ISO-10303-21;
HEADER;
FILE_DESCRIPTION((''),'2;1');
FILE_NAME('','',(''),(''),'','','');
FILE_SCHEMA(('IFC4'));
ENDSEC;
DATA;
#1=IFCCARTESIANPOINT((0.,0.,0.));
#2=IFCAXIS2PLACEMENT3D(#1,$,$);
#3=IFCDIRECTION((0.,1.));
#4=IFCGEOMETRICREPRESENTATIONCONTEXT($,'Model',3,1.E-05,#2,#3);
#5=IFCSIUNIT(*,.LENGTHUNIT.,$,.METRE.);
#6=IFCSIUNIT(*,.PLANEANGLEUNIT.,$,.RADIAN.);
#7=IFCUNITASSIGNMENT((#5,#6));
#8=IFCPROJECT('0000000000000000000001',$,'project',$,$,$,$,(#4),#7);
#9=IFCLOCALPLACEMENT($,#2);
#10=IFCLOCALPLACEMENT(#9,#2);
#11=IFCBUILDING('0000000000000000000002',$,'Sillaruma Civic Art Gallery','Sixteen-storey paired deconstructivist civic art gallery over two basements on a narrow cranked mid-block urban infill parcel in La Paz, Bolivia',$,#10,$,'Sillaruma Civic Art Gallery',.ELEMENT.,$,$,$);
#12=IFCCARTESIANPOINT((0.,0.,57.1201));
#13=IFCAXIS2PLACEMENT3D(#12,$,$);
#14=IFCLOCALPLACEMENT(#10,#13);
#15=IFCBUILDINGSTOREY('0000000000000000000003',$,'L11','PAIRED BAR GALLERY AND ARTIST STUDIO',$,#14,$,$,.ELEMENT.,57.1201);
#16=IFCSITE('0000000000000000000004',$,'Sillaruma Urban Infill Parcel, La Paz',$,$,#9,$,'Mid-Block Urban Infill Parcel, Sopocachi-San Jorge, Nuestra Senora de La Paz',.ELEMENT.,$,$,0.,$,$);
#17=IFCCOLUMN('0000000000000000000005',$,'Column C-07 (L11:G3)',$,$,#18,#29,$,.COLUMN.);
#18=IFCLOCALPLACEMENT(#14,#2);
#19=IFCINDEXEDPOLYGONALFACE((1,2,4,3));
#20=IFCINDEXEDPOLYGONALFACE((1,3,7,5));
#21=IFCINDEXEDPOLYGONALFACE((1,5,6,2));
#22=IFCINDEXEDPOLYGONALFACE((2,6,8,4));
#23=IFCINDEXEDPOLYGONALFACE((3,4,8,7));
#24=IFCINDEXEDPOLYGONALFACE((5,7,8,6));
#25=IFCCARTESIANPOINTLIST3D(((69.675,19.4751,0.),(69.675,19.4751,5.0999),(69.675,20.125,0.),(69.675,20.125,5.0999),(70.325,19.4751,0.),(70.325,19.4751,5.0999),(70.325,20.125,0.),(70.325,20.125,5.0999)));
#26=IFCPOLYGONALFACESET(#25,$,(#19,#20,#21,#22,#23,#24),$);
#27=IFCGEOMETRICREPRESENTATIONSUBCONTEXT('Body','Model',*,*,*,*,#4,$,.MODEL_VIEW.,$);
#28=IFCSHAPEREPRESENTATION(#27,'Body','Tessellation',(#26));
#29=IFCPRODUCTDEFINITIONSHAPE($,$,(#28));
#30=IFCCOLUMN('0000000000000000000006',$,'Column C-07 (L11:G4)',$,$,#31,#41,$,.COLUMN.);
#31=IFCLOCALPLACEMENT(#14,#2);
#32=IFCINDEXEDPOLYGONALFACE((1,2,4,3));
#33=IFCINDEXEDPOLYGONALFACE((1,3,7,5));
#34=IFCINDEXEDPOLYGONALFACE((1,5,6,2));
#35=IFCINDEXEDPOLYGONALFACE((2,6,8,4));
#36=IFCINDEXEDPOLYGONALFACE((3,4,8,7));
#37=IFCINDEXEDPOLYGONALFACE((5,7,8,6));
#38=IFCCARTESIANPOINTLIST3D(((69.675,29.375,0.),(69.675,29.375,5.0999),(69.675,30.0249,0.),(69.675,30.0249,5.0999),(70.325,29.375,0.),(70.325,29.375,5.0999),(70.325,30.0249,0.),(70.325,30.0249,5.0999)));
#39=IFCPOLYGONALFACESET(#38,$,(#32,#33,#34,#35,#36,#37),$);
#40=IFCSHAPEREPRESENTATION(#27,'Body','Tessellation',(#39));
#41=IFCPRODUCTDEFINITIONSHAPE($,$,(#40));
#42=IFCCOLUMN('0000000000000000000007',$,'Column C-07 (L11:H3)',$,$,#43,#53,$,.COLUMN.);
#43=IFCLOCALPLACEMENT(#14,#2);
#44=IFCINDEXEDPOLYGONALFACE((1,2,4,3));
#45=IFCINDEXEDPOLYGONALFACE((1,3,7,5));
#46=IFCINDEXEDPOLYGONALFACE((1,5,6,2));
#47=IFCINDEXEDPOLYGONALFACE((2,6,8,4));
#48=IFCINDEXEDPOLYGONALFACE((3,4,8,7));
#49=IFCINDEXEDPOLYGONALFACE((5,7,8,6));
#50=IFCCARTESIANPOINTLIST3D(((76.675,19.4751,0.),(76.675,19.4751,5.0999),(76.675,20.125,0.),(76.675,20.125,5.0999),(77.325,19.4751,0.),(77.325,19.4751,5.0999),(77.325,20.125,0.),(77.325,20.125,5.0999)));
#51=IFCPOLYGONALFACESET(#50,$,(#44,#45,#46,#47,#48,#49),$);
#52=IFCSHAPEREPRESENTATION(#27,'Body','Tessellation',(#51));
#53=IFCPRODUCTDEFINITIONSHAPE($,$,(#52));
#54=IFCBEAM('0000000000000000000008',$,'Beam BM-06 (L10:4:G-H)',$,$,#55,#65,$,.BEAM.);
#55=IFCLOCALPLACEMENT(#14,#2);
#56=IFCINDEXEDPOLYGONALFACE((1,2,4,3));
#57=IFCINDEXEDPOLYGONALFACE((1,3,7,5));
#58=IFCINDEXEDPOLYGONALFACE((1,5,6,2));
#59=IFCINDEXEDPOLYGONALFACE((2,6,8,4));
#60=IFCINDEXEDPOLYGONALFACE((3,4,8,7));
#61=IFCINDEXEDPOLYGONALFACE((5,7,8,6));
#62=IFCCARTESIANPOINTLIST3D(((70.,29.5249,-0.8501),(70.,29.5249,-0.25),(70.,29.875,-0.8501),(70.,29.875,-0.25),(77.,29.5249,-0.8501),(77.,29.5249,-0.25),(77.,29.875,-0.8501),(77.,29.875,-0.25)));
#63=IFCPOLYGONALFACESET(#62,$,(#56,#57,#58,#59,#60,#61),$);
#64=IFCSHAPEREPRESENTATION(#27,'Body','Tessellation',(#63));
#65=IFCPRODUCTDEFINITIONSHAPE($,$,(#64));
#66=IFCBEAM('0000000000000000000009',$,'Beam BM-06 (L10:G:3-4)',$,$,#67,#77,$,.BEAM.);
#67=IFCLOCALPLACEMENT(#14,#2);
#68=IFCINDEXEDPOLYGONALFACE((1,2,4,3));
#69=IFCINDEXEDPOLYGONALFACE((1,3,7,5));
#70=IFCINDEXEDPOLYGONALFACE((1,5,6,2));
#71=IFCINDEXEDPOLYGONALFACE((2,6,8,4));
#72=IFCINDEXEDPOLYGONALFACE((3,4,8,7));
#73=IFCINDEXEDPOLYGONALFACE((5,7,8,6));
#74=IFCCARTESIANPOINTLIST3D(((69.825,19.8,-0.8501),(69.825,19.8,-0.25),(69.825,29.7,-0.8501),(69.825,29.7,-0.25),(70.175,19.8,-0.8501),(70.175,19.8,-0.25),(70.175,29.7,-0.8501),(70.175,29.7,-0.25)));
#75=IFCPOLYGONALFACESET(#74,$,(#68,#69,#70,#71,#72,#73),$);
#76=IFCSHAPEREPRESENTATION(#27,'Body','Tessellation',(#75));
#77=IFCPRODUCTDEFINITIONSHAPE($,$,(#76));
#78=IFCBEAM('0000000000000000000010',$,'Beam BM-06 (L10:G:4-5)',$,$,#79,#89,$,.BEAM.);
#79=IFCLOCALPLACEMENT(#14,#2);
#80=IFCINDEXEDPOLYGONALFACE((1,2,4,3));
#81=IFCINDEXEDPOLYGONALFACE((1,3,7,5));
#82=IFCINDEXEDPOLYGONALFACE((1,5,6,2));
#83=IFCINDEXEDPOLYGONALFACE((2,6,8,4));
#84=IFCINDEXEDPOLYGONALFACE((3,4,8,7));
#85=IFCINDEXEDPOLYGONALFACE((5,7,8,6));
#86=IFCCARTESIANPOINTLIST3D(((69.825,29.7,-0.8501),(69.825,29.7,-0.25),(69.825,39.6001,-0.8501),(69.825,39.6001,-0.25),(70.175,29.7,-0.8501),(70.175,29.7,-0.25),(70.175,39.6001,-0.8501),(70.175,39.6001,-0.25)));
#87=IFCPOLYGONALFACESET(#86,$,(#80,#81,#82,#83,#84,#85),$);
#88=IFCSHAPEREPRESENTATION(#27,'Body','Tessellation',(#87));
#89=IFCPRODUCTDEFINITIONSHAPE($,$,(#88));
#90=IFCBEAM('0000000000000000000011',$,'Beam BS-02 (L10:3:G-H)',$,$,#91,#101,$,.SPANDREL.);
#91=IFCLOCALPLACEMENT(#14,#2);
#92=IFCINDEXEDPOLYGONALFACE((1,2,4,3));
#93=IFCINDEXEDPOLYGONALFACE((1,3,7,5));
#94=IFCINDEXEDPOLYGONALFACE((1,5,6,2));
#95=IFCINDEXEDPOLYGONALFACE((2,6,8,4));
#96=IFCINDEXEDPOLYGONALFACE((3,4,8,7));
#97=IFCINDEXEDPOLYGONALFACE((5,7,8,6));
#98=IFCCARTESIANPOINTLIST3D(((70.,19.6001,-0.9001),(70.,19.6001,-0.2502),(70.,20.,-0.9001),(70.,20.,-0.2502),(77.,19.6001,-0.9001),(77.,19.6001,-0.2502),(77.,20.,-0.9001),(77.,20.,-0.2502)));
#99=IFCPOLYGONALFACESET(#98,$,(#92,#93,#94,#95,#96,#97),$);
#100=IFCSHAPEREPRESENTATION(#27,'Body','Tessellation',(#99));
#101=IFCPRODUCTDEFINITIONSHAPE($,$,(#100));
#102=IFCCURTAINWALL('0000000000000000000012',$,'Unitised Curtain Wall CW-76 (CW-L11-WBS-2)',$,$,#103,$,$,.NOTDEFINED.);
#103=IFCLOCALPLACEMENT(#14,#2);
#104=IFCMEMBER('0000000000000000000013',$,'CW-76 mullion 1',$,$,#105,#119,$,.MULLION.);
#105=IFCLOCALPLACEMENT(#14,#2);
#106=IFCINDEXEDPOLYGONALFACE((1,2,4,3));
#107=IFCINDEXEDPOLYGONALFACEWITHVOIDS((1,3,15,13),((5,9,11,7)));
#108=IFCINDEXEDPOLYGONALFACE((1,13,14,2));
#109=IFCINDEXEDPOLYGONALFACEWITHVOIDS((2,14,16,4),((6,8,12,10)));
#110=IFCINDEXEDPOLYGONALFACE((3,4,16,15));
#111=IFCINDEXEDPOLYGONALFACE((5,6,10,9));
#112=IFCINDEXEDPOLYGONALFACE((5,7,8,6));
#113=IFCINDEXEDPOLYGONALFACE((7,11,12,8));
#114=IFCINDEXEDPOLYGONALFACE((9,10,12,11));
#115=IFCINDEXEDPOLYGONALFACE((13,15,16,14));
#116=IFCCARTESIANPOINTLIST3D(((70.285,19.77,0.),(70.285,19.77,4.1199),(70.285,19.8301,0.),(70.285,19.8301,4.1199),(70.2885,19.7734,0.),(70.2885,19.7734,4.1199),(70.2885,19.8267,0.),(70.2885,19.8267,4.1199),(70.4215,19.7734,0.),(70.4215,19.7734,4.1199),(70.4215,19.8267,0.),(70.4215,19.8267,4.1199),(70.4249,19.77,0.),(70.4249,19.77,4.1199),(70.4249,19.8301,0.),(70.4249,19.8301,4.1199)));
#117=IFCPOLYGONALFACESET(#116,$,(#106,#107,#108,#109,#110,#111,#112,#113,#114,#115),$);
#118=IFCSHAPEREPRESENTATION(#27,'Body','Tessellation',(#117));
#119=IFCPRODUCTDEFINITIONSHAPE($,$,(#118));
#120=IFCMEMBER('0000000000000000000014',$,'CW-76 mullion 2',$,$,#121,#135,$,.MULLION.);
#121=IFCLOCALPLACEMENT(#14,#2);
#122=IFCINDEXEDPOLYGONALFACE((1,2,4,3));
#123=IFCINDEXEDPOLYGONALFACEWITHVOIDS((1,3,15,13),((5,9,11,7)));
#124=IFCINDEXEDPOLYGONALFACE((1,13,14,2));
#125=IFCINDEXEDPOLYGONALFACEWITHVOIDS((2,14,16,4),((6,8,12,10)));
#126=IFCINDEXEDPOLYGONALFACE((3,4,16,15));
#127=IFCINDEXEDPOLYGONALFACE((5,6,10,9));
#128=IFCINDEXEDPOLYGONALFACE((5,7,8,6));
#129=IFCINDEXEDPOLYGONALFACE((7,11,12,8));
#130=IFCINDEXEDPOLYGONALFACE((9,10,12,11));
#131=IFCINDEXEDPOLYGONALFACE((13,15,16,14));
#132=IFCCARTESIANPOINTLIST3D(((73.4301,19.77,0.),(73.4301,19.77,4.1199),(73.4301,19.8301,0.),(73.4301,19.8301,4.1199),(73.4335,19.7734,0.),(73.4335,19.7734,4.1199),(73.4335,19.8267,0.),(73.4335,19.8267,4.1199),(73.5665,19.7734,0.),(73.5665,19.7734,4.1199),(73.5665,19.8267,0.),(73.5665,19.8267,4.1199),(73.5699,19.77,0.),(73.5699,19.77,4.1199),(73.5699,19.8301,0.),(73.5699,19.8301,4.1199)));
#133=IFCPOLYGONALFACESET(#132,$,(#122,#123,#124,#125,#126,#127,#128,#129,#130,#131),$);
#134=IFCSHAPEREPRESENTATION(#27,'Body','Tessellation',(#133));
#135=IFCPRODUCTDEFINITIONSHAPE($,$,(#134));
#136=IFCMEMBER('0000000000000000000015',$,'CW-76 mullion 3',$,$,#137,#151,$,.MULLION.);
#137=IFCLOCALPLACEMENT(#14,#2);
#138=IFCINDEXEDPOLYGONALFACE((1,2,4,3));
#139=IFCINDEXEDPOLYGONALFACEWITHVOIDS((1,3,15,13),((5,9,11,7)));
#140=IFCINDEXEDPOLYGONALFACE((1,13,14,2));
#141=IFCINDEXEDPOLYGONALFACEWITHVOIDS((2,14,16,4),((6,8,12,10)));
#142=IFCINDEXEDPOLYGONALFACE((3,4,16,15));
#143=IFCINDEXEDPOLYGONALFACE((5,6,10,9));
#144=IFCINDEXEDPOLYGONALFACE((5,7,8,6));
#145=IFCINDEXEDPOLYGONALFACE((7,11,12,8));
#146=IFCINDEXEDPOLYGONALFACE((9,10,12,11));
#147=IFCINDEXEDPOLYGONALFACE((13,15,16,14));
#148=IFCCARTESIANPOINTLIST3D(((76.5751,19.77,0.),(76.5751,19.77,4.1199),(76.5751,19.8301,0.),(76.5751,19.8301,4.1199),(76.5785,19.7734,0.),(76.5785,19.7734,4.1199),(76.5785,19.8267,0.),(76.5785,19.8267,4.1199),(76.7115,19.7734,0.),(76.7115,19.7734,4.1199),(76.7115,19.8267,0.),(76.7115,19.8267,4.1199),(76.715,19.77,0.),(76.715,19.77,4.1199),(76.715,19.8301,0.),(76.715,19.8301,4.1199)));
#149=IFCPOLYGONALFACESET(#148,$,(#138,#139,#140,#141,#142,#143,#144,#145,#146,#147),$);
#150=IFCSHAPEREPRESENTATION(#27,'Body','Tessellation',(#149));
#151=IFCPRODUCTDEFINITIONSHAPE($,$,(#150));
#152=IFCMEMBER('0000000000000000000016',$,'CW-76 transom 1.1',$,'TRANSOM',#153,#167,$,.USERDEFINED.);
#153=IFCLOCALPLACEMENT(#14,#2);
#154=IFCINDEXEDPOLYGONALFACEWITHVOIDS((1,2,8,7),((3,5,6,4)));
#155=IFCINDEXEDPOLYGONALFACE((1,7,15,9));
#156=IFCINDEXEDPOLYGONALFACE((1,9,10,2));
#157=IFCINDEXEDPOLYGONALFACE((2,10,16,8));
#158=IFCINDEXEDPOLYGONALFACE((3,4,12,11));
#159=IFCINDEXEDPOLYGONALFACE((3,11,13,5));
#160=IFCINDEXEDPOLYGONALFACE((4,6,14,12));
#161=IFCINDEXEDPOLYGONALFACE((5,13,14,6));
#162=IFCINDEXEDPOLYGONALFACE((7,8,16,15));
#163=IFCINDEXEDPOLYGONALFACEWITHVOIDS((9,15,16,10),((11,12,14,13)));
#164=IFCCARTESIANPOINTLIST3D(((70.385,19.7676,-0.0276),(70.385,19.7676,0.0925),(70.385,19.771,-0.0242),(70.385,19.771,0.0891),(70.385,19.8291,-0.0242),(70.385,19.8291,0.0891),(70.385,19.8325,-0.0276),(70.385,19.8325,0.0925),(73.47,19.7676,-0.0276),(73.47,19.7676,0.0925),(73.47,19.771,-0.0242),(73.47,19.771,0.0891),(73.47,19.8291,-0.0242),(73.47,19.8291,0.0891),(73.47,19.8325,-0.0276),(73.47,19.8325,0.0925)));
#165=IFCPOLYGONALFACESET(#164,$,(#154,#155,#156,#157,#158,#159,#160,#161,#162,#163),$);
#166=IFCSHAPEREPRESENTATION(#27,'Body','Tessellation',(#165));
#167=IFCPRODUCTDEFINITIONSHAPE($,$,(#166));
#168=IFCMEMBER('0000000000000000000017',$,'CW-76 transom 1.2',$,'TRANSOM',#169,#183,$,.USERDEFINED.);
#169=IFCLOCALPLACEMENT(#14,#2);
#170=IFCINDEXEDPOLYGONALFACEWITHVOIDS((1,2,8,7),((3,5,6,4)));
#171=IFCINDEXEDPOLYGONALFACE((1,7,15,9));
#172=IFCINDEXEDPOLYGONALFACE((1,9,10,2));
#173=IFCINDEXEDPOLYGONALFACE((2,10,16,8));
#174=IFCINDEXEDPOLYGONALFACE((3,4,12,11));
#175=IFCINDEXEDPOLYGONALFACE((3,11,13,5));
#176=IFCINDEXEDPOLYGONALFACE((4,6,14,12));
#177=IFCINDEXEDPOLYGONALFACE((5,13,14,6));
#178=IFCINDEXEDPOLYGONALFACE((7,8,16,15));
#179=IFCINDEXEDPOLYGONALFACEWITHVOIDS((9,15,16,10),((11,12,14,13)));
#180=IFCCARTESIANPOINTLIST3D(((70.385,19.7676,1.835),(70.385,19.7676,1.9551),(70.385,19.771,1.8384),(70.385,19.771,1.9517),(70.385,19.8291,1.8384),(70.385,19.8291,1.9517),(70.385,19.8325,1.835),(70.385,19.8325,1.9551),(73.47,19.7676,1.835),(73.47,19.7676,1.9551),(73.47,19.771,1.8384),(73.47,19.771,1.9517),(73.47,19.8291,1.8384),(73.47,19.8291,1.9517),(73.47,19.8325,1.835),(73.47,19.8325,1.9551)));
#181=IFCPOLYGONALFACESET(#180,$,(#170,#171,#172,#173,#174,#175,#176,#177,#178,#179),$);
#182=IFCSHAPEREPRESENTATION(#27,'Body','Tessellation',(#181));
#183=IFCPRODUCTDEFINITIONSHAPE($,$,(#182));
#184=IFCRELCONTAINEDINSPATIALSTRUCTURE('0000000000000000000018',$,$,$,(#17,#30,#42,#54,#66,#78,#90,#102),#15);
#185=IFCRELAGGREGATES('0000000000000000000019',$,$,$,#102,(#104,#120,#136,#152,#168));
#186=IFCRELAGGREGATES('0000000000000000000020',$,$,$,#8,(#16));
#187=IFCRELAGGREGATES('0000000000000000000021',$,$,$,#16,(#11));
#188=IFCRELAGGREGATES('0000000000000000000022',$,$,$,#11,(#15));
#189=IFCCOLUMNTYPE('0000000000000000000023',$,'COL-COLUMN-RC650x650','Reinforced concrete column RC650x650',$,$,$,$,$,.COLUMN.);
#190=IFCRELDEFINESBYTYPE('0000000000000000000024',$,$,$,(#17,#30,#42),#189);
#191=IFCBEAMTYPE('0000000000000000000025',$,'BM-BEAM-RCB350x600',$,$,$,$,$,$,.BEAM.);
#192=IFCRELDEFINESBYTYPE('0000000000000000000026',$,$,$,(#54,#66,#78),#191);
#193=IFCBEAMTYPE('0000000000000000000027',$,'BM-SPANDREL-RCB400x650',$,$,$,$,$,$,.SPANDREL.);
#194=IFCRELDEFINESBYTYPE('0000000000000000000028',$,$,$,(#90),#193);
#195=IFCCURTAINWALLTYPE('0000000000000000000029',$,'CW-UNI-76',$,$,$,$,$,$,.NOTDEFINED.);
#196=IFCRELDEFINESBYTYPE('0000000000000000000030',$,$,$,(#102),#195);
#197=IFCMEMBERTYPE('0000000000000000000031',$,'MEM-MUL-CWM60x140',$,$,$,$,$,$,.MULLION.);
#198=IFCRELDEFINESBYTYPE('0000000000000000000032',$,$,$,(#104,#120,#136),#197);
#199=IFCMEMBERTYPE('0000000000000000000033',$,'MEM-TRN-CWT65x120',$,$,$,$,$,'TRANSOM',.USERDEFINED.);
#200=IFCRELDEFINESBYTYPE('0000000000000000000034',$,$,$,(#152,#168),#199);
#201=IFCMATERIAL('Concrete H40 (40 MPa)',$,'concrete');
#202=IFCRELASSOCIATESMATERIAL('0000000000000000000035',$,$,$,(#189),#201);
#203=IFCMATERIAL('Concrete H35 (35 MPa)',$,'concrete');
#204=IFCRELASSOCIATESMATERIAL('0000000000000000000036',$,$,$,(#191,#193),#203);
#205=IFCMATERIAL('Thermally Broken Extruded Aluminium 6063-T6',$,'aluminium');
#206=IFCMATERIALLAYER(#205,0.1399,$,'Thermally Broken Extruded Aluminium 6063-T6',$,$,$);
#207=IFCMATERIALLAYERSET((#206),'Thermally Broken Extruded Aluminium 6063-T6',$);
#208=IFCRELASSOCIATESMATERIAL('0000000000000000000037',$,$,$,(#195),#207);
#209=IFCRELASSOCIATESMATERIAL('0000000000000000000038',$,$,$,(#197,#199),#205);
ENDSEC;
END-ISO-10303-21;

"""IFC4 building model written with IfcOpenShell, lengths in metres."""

from ifc_helpers import new_model, si_unit, direction, frame, origin, origin_2d, place, context, subcontext, project, spatial, rectangle, hollow_rectangle, extrude, material, layer, layer_set, material_profile, profile_set, type_object, element, aggregate, save


model = new_model("IFC4")

# Units and contexts
model_context = context("Model", 3, precision=1e-05, world=origin(), true_north=direction((0.0, 1.0)))
body_context = subcontext(model_context, "Body", "Model", "MODEL_VIEW")
ifc_project = project(units=[si_unit("LENGTHUNIT", "METRE"), si_unit("PLANEANGLEUNIT", "RADIAN")], contexts=[model_context])

# Site, building, storey
site_placement = place(None, origin())
site = spatial("IfcSite", under=ifc_project, at=site_placement, Name="Sillaruma Urban Infill Parcel, La Paz", LongName="Mid-Block Urban Infill Parcel, Sopocachi-San Jorge, Nuestra Senora de La Paz", CompositionType="ELEMENT", RefElevation=0.0)
building_placement = place(site_placement, origin())
building = spatial("IfcBuilding", under=site, at=building_placement, Name="Sillaruma Civic Art Gallery", Description="Sixteen-storey paired deconstructivist civic art gallery over two basements on a narrow cranked mid-block urban infill parcel in La Paz, Bolivia", LongName="Sillaruma Civic Art Gallery", CompositionType="ELEMENT")
storey_placement = place(building_placement, frame((0.0, 0.0, 57.1201)))
storey = spatial("IfcBuildingStorey", under=building, at=storey_placement, Name="L11", Description="PAIRED BAR GALLERY AND ARTIST STUDIO", CompositionType="ELEMENT", Elevation=57.1201)

# Columns
ifc_material_1 = material(Name="Concrete H40 (40 MPa)", Category="concrete")
ifc_material_profile_1 = material_profile(ifc_material_1, rectangle(XDim=0.6499, YDim=0.6499, at=origin_2d()), Name="RC650x650")
ifc_profile_set_1 = profile_set([ifc_material_profile_1], Name="Concrete H40 (40 MPa)")
column_type = type_object("IfcColumnType", Name="COL-COLUMN-RC650x650", Description="Reinforced concrete column RC650x650", PredefinedType="COLUMN", material=ifc_profile_set_1)
for number, where, z_axis, x_axis, name in (
    (1, (70.0, 19.8, 0.0), (0.0, 0.0, 1.0), (1.0, 0.0, 0.0), "Column C-07 (L11:G3)"),
    (2, (70.0, 29.7, 0.0), (0.0, 0.0, 1.0), (1.0, 0.0, 0.0), "Column C-07 (L11:G4)"),
    (3, (77.0, 19.8, 0.0), (0.0, 0.0, 1.0), (1.0, 0.0, 0.0), "Column C-07 (L11:H3)"),
):
    element("IfcColumn", number, at=place(storey_placement, frame(where, z_axis=z_axis, x_axis=x_axis)), inside=storey, type_object=column_type, Name=name, PredefinedType="COLUMN", context=body_context, shape_type="SweptSolid", body=[
        extrude(rectangle(XDim=0.6499, YDim=0.6499, at=origin_2d()), origin(), (0.0, 0.0, 1.0), 5.0999),
    ])

# Beams
ifc_material_2 = material(Name="Concrete H35 (35 MPa)", Category="concrete")
ifc_material_profile_2 = material_profile(ifc_material_2, rectangle(XDim=0.3501, YDim=0.6001, at=origin_2d()), Name="RCB350x600")
ifc_profile_set_2 = profile_set([ifc_material_profile_2], Name="Concrete H35 (35 MPa)")
beam_type_1 = type_object("IfcBeamType", Name="BM-BEAM-RCB350x600", PredefinedType="BEAM", material=ifc_profile_set_2)
beam_1_placement = place(storey_placement, frame((70.0, 29.7, -0.55), z_axis=(1.0, 0.0, 0.0), x_axis=(0.0, 1.0, 0.0)))
element("IfcBeam", 4, at=beam_1_placement, inside=storey, type_object=beam_type_1, Name="Beam BM-06 (L10:4:G-H)", PredefinedType="BEAM", context=body_context, shape_type="SweptSolid", body=[
    extrude(rectangle(XDim=0.3501, YDim=0.6001, at=origin_2d()), origin(), (0.0, 0.0, 1.0), 7.0),
])
beam_2_placement = place(storey_placement, frame((70.0, 19.8, -0.55), z_axis=(0.0, 1.0, 0.0), x_axis=(-1.0, 0.0, 0.0)))
element("IfcBeam", 5, at=beam_2_placement, inside=storey, type_object=beam_type_1, Name="Beam BM-06 (L10:G:3-4)", PredefinedType="BEAM", context=body_context, shape_type="SweptSolid", body=[
    extrude(rectangle(XDim=0.3501, YDim=0.6001, at=origin_2d()), origin(), (0.0, 0.0, 1.0), 9.8999),
])
beam_3_placement = place(storey_placement, frame((70.0, 29.7, -0.55), z_axis=(0.0, 1.0, 0.0), x_axis=(-1.0, 0.0, 0.0)))
element("IfcBeam", 6, at=beam_3_placement, inside=storey, type_object=beam_type_1, Name="Beam BM-06 (L10:G:4-5)", PredefinedType="BEAM", context=body_context, shape_type="SweptSolid", body=[
    extrude(rectangle(XDim=0.3501, YDim=0.6001, at=origin_2d()), origin(), (0.0, 0.0, 1.0), 9.9001),
])
ifc_material_profile_3 = material_profile(ifc_material_2, rectangle(XDim=0.3999, YDim=0.6499, at=origin_2d()), Name="RCB400x650")
ifc_profile_set_3 = profile_set([ifc_material_profile_3], Name="Concrete H35 (35 MPa)")
beam_type_2 = type_object("IfcBeamType", Name="BM-SPANDREL-RCB400x650", PredefinedType="SPANDREL", material=ifc_profile_set_3)
beam_4_placement = place(storey_placement, frame((70.0, 19.8, -0.5752), z_axis=(1.0, 0.0, 0.0), x_axis=(0.0, 1.0, 0.0)))
element("IfcBeam", 7, at=beam_4_placement, inside=storey, type_object=beam_type_2, Name="Beam BS-02 (L10:3:G-H)", PredefinedType="SPANDREL", context=body_context, shape_type="SweptSolid", body=[
    extrude(rectangle(XDim=0.3999, YDim=0.6499, at=origin_2d()), origin(), (0.0, 0.0, 1.0), 7.0),
])

# Curtain wall, members
ifc_material_3 = material(Name="Thermally Broken Extruded Aluminium 6063-T6", Category="aluminium")
ifc_layer_1 = layer(ifc_material_3, 0.1399, Name="Thermally Broken Extruded Aluminium 6063-T6")
ifc_layer_set_1 = layer_set([ifc_layer_1], Name="Thermally Broken Extruded Aluminium 6063-T6")
curtain_wall_type = type_object("IfcCurtainWallType", Name="CW-UNI-76", PredefinedType="NOTDEFINED", material=ifc_layer_set_1)
curtain_wall_placement = place(storey_placement, origin())
curtain_wall = element("IfcCurtainWall", 8, at=curtain_wall_placement, inside=storey, type_object=curtain_wall_type, Name="Unitised Curtain Wall CW-76 (CW-L11-WBS-2)", PredefinedType="NOTDEFINED")
ifc_material_profile_4 = material_profile(ifc_material_3, hollow_rectangle(XDim=0.0601, YDim=0.1399, WallThickness=0.0034, at=origin_2d()), Name="CWM60x140")
ifc_profile_set_4 = profile_set([ifc_material_profile_4], Name="Thermally Broken Extruded Aluminium 6063-T6")
member_type_1 = type_object("IfcMemberType", Name="MEM-MUL-CWM60x140", PredefinedType="MULLION", material=ifc_profile_set_4)
member_1_placement = place(storey_placement, frame((70.355, 19.8, 0.0), z_axis=(0.0, 0.0, 1.0), x_axis=(0.0, 1.0, 0.0)))
member_1 = element("IfcMember", 9, at=member_1_placement, type_object=member_type_1, Name="CW-76 mullion 1", PredefinedType="MULLION", context=body_context, shape_type="SweptSolid", body=[
    extrude(hollow_rectangle(XDim=0.0601, YDim=0.1399, WallThickness=0.0034, at=origin_2d()), origin(), (0.0, 0.0, 1.0), 4.1199),
])
member_2_placement = place(storey_placement, frame((73.5, 19.8, 0.0), z_axis=(0.0, 0.0, 1.0), x_axis=(0.0, 1.0, 0.0)))
member_2 = element("IfcMember", 10, at=member_2_placement, type_object=member_type_1, Name="CW-76 mullion 2", PredefinedType="MULLION", context=body_context, shape_type="SweptSolid", body=[
    extrude(hollow_rectangle(XDim=0.0601, YDim=0.1399, WallThickness=0.0034, at=origin_2d()), origin(), (0.0, 0.0, 1.0), 4.1199),
])
member_3_placement = place(storey_placement, frame((76.645, 19.8, 0.0), z_axis=(0.0, 0.0, 1.0), x_axis=(0.0, 1.0, 0.0)))
member_3 = element("IfcMember", 11, at=member_3_placement, type_object=member_type_1, Name="CW-76 mullion 3", PredefinedType="MULLION", context=body_context, shape_type="SweptSolid", body=[
    extrude(hollow_rectangle(XDim=0.0601, YDim=0.1399, WallThickness=0.0034, at=origin_2d()), origin(), (0.0, 0.0, 1.0), 4.1199),
])
ifc_material_profile_5 = material_profile(ifc_material_3, hollow_rectangle(XDim=0.0649, YDim=0.1201, WallThickness=0.0034, at=origin_2d()), Name="CWT65x120")
ifc_profile_set_5 = profile_set([ifc_material_profile_5], Name="Thermally Broken Extruded Aluminium 6063-T6")
member_type_2 = type_object("IfcMemberType", Name="MEM-TRN-CWT65x120", ElementType="TRANSOM", PredefinedType="USERDEFINED", material=ifc_profile_set_5)
member_4_placement = place(storey_placement, frame((70.385, 19.8, 0.0325), z_axis=(1.0, 0.0, 0.0), x_axis=(0.0, 1.0, 0.0)))
member_4 = element("IfcMember", 12, at=member_4_placement, type_object=member_type_2, Name="CW-76 transom 1.1", ObjectType="TRANSOM", PredefinedType="USERDEFINED", context=body_context, shape_type="SweptSolid", body=[
    extrude(hollow_rectangle(XDim=0.0649, YDim=0.1201, WallThickness=0.0034, at=origin_2d()), origin(), (0.0, 0.0, 1.0), 3.085),
])
member_5_placement = place(storey_placement, frame((70.385, 19.8, 1.895), z_axis=(1.0, 0.0, 0.0), x_axis=(0.0, 1.0, 0.0)))
member_5 = element("IfcMember", 13, at=member_5_placement, type_object=member_type_2, Name="CW-76 transom 1.2", ObjectType="TRANSOM", PredefinedType="USERDEFINED", context=body_context, shape_type="SweptSolid", body=[
    extrude(hollow_rectangle(XDim=0.0649, YDim=0.1201, WallThickness=0.0034, at=origin_2d()), origin(), (0.0, 0.0, 1.0), 3.085),
])
aggregate(curtain_wall, [member_1, member_2, member_3, member_4, member_5])

save(model, "model.ifc")
